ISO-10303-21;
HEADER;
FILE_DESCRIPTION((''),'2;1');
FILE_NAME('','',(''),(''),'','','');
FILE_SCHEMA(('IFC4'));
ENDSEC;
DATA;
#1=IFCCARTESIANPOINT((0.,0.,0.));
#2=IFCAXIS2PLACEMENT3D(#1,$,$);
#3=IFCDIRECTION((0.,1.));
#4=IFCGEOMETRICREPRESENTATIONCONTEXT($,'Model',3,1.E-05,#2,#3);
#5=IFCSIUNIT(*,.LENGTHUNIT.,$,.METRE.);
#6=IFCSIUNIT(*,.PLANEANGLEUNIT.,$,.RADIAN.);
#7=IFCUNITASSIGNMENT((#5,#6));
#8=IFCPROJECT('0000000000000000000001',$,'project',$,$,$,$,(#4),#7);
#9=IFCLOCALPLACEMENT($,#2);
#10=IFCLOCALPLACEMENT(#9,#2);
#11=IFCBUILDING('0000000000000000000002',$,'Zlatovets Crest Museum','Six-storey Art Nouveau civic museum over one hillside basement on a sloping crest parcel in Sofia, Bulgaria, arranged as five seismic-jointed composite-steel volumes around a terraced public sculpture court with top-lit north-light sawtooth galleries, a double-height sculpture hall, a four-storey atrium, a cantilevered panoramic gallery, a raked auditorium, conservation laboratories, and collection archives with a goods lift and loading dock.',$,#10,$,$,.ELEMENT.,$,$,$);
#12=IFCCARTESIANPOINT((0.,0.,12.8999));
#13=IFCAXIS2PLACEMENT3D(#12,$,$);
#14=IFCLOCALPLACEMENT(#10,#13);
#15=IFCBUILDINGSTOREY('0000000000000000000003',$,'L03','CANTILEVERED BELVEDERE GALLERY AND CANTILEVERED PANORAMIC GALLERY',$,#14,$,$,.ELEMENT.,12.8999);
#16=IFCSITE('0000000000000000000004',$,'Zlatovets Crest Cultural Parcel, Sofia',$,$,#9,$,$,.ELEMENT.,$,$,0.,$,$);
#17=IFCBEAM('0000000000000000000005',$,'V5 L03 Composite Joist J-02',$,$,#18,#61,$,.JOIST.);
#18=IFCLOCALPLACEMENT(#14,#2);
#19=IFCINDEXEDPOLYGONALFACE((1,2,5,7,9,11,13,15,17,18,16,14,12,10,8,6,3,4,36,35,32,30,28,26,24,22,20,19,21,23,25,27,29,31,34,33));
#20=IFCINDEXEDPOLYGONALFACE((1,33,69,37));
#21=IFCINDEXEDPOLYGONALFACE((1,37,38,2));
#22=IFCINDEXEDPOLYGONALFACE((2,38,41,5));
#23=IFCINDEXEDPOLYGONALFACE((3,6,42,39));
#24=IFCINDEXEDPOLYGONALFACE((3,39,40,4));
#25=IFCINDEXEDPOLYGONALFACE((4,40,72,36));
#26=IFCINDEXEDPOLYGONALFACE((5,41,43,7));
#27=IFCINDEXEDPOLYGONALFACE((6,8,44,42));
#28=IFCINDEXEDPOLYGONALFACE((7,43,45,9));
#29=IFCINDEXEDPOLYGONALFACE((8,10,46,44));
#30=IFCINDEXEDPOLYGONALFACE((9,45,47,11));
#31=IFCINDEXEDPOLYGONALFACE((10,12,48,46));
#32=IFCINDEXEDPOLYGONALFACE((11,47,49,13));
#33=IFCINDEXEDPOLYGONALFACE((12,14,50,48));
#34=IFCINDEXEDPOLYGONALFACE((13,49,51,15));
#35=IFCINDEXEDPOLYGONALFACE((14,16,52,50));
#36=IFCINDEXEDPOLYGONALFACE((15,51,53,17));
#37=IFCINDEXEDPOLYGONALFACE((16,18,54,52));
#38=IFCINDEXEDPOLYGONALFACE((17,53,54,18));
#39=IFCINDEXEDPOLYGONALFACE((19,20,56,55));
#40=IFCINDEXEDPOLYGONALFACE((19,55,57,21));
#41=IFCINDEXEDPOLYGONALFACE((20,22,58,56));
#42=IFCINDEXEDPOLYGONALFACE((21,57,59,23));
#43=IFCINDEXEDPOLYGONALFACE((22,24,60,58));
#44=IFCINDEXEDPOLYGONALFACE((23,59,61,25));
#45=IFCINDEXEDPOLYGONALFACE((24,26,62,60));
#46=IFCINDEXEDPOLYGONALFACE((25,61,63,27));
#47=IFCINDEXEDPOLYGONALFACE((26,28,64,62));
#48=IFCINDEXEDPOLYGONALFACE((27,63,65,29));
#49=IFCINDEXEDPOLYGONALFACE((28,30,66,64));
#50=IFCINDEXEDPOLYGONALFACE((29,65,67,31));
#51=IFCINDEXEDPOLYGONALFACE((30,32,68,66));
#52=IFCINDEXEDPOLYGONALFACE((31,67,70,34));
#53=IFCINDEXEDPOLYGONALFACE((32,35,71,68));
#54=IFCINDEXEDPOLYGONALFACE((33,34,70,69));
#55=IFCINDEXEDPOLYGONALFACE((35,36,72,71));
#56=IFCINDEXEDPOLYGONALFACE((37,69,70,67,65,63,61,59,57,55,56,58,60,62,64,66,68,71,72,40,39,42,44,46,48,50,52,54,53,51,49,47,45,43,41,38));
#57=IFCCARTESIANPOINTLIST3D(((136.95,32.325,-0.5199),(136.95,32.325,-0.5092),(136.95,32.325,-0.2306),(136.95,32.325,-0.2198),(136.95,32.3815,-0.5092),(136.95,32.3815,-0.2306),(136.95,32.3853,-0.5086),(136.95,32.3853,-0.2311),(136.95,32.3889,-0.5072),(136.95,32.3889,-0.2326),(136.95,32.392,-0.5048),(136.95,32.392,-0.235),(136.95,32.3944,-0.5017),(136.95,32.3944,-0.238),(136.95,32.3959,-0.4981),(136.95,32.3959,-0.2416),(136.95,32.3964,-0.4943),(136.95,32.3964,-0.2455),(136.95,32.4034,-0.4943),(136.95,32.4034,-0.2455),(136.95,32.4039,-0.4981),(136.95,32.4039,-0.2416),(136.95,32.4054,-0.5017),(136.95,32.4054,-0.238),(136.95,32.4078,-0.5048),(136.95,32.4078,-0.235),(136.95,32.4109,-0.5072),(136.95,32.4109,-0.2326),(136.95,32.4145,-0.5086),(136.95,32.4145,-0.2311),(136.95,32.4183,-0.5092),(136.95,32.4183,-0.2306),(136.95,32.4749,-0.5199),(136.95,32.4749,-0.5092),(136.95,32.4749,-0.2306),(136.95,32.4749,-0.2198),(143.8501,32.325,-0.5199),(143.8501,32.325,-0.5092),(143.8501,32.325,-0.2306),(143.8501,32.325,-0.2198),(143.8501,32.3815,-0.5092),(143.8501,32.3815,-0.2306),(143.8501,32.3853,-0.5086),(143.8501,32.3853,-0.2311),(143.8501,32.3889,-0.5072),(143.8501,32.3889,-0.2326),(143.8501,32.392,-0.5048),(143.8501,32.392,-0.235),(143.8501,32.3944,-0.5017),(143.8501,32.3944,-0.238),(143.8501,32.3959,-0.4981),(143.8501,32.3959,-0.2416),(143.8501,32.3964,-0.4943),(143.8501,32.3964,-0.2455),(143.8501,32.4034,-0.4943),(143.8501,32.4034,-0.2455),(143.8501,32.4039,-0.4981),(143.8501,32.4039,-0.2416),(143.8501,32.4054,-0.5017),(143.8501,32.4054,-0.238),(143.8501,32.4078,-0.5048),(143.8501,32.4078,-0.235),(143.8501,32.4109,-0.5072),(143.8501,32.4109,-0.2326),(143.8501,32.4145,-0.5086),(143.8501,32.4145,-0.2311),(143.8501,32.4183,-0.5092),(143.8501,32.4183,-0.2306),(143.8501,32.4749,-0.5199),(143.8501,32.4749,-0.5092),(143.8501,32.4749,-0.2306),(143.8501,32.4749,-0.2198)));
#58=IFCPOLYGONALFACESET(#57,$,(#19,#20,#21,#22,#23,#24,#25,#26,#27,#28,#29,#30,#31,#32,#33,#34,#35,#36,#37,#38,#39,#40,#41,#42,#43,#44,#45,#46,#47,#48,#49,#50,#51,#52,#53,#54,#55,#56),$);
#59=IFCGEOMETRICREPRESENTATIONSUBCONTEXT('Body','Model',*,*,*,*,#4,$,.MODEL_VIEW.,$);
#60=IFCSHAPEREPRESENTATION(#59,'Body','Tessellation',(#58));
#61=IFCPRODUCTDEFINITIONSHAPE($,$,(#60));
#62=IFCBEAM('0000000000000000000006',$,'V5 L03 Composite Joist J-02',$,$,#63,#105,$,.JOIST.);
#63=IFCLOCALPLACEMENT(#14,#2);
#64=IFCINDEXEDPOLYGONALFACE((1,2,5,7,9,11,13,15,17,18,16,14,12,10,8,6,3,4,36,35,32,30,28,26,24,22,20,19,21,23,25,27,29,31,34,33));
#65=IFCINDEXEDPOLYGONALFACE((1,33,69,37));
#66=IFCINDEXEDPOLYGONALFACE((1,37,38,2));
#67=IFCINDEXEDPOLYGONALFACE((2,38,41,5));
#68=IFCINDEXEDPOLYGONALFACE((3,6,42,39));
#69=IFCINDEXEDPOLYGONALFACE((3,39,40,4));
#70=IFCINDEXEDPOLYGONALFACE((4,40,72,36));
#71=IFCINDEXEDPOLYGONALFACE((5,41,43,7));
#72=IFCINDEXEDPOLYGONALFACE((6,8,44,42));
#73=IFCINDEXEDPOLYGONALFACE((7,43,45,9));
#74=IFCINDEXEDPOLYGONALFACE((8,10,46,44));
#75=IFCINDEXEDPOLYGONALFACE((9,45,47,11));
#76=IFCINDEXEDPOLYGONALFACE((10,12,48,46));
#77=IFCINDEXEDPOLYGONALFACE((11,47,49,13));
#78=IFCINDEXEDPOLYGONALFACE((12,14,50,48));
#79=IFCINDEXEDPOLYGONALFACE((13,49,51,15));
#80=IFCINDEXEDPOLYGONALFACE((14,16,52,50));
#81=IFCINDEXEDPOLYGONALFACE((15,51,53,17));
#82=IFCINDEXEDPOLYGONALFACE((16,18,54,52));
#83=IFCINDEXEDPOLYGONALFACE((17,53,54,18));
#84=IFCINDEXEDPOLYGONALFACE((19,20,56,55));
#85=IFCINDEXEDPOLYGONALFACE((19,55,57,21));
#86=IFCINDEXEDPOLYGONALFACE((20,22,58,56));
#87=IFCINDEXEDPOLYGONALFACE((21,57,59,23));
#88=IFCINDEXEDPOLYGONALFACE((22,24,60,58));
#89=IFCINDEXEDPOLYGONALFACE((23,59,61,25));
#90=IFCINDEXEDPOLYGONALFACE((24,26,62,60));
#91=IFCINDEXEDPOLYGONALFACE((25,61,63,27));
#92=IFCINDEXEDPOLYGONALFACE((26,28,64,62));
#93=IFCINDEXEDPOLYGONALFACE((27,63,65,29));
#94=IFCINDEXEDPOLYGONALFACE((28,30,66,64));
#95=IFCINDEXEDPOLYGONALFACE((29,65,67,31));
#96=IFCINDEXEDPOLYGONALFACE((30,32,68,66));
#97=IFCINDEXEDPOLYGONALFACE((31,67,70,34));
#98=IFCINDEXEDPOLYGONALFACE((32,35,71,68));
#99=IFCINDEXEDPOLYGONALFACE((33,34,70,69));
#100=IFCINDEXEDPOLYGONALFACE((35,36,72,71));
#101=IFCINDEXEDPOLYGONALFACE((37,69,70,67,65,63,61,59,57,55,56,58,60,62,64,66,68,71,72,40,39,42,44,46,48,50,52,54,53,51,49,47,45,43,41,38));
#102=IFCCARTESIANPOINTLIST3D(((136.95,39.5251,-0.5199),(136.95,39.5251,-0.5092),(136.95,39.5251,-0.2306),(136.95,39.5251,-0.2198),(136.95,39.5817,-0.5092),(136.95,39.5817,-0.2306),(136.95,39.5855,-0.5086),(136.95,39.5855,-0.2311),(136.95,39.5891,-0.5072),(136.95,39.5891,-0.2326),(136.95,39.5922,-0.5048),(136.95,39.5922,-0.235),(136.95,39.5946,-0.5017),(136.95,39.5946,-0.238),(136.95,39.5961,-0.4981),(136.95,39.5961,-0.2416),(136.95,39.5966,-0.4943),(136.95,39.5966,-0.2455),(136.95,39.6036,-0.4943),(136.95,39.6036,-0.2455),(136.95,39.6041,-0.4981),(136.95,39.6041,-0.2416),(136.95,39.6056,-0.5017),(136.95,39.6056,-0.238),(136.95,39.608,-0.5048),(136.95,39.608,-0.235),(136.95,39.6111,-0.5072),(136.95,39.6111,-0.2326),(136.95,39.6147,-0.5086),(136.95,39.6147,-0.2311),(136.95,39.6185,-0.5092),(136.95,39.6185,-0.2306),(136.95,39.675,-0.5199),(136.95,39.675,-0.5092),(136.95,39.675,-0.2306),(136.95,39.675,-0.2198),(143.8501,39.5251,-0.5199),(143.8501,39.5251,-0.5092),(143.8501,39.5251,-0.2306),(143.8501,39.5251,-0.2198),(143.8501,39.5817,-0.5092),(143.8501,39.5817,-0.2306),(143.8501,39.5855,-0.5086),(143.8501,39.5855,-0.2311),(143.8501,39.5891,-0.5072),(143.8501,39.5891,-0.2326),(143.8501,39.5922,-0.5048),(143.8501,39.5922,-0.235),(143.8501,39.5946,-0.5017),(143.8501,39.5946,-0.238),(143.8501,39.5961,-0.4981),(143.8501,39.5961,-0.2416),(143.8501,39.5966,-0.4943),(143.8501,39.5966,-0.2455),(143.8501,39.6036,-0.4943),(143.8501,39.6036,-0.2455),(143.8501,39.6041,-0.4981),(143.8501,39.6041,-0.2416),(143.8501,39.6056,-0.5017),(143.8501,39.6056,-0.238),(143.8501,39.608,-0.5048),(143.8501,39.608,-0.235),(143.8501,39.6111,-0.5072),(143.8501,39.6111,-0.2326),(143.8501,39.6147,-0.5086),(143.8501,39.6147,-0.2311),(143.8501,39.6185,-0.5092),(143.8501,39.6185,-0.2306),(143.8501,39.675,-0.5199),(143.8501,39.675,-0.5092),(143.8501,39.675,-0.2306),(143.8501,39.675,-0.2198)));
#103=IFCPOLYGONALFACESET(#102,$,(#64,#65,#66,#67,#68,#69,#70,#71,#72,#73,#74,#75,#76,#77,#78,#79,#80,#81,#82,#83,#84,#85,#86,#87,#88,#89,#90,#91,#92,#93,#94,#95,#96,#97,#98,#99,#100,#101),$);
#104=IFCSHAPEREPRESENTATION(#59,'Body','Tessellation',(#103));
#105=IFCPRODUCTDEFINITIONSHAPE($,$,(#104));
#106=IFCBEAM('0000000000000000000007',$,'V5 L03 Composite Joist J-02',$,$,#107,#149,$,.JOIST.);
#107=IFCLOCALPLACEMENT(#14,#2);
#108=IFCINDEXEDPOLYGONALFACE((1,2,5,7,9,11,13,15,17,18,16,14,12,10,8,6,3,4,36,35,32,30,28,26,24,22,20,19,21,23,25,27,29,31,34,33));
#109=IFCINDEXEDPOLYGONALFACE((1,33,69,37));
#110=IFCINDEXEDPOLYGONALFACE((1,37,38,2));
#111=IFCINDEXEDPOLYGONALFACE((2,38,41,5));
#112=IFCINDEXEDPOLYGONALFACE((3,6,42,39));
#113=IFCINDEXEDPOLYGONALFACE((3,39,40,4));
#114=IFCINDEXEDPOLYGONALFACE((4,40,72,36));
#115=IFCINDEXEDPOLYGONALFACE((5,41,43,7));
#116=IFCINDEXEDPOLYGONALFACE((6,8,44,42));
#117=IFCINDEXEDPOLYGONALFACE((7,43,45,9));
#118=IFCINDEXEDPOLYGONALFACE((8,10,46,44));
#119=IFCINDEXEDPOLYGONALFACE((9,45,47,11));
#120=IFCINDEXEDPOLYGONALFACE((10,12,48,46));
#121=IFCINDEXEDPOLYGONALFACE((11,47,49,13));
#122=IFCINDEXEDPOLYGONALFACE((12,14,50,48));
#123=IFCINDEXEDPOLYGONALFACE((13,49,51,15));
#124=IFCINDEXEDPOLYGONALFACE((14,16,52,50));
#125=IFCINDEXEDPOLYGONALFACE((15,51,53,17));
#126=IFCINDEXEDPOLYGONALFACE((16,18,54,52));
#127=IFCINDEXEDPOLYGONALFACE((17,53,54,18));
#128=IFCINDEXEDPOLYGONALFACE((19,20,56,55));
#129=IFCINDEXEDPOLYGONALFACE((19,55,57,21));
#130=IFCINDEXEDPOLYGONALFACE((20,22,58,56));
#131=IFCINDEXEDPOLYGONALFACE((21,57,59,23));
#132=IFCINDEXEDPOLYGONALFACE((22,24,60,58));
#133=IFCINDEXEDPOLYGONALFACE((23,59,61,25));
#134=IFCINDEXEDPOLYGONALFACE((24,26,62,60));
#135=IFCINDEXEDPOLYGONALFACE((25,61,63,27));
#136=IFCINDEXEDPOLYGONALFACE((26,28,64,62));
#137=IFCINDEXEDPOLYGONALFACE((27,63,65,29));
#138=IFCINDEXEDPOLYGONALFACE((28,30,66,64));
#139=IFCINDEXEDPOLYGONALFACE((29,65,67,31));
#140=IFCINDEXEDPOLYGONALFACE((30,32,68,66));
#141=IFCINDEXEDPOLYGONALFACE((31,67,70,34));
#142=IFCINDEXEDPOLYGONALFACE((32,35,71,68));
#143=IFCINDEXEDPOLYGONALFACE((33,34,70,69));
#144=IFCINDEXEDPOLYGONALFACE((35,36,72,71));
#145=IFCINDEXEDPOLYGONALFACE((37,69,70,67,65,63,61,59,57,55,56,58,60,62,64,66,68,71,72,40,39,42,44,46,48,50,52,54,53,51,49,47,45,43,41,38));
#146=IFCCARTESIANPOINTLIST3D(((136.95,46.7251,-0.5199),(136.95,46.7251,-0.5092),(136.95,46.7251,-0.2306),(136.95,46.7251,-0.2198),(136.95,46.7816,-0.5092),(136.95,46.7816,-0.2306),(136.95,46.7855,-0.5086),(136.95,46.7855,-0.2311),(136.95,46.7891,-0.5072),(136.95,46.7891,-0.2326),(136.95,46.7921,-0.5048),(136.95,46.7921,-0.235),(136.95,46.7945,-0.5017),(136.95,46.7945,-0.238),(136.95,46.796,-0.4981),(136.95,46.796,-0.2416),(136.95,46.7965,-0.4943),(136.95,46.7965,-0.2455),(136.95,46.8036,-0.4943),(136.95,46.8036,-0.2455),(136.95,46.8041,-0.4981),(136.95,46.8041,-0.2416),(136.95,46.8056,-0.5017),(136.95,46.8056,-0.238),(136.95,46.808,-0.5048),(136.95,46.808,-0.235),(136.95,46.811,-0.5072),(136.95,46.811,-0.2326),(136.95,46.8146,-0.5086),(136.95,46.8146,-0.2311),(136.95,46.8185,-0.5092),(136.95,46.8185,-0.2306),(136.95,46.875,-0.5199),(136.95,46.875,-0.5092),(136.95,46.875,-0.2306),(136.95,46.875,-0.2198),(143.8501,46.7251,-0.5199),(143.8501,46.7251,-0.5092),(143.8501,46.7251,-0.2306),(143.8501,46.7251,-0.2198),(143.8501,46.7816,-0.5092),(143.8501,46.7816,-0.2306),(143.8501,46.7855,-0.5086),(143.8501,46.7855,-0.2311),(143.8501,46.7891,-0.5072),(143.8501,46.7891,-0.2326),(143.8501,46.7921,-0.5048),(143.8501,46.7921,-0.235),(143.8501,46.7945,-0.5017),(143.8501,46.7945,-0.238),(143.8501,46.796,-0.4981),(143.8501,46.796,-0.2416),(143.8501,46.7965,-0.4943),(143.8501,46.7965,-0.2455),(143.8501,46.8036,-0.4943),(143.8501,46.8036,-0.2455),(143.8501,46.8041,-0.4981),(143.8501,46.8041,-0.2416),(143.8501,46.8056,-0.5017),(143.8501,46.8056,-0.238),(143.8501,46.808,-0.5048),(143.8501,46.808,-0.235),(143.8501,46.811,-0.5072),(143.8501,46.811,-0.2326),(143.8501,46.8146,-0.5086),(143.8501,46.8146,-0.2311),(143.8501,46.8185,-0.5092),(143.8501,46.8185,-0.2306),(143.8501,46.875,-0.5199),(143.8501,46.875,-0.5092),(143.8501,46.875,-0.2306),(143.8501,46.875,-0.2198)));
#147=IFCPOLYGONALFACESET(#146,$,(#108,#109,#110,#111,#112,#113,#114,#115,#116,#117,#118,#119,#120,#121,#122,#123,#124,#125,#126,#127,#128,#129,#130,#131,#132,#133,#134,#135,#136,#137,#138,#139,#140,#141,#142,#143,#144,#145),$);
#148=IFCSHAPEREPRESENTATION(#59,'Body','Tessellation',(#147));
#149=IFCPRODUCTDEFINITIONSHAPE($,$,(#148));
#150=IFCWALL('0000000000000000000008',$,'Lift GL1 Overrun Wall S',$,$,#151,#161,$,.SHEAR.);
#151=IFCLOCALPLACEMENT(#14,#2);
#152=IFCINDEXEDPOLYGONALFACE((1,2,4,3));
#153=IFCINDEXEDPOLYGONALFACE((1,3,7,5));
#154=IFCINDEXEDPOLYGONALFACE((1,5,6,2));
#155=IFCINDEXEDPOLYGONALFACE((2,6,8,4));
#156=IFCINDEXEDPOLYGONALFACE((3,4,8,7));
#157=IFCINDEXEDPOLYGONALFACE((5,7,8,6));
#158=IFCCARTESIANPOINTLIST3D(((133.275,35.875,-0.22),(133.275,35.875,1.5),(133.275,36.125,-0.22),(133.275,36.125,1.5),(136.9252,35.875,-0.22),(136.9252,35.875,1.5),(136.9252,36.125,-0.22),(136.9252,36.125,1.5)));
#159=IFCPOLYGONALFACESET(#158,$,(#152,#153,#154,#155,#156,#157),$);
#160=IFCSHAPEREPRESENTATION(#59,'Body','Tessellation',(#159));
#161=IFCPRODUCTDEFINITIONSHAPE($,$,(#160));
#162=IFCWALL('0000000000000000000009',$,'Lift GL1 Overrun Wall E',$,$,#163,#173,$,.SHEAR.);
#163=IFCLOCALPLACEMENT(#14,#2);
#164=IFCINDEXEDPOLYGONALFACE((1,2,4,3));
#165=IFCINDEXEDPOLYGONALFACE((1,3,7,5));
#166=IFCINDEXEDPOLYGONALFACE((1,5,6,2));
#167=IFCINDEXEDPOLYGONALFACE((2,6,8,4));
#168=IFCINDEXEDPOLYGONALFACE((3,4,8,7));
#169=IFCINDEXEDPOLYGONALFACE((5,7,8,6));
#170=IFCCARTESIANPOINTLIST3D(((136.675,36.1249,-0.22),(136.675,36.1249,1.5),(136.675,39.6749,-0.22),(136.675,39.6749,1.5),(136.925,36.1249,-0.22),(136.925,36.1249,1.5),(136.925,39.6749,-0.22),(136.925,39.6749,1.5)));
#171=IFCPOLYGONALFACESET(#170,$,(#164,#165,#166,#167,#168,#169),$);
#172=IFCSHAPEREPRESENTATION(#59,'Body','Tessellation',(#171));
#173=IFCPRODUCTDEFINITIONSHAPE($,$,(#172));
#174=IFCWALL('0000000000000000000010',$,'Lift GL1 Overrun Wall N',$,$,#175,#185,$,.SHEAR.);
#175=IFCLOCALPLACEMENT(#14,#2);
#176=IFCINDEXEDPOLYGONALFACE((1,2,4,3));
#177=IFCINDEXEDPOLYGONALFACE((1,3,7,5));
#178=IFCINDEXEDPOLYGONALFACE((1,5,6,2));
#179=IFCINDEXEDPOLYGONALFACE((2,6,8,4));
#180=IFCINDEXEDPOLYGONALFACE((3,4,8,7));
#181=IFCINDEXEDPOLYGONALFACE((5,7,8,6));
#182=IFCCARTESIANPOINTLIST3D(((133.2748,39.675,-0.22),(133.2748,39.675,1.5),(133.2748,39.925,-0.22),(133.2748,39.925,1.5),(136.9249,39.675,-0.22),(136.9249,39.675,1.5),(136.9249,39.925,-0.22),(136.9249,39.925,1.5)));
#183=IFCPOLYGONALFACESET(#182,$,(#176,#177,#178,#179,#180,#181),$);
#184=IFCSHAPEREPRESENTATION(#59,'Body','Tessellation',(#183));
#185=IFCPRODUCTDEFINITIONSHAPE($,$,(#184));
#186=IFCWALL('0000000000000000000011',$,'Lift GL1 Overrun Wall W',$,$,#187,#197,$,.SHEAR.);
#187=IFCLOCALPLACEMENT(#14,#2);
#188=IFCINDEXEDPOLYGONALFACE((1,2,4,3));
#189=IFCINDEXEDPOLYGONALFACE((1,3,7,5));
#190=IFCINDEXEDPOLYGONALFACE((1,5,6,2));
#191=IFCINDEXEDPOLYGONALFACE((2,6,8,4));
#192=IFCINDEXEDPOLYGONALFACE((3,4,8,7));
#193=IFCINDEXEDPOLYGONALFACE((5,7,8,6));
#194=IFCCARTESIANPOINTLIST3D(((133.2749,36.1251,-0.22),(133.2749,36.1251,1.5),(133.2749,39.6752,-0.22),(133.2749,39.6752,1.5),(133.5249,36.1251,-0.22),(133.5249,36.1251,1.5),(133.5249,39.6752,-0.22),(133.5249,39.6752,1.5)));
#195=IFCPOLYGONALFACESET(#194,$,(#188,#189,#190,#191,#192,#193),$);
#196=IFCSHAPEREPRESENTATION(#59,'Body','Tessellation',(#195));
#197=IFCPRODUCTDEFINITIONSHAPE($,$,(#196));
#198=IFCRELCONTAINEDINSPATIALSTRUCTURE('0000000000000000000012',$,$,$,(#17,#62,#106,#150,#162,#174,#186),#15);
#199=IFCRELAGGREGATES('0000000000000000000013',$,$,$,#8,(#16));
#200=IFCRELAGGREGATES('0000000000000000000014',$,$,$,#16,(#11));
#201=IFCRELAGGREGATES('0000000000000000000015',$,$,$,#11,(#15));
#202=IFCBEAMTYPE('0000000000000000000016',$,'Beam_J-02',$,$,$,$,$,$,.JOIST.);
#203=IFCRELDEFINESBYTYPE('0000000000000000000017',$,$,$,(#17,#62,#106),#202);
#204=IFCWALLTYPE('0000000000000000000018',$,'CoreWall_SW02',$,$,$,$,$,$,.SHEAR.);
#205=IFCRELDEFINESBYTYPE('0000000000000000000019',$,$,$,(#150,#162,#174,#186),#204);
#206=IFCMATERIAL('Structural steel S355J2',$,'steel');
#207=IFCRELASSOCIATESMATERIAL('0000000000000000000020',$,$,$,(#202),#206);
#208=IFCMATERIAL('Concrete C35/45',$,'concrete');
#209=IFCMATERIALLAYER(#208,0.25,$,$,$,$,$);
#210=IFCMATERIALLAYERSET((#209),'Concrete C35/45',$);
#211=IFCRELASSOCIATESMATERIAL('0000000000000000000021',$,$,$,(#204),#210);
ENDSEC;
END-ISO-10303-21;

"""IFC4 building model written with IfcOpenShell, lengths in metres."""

from ifc_helpers import new_model, si_unit, direction, frame, frame_2d, origin, origin_2d, place, context, subcontext, project, spatial, rectangle, i_section, extrude, material, layer, layer_set, material_profile, profile_set, type_object, element, save


model = new_model("IFC4")

# Units and contexts
model_context = context("Model", 3, precision=1e-05, world=origin(), true_north=direction((0.0, 1.0)))
body_context = subcontext(model_context, "Body", "Model", "MODEL_VIEW")
ifc_project = project(units=[si_unit("LENGTHUNIT", "METRE"), si_unit("PLANEANGLEUNIT", "RADIAN")], contexts=[model_context])

# Site, building, storey
site_placement = place(None, origin())
site = spatial("IfcSite", under=ifc_project, at=site_placement, Name="Zlatovets Crest Cultural Parcel, Sofia", CompositionType="ELEMENT", RefElevation=0.0)
building_placement = place(site_placement, origin())
building = spatial("IfcBuilding", under=site, at=building_placement, Name="Zlatovets Crest Museum", Description="Six-storey Art Nouveau civic museum over one hillside basement on a sloping crest parcel in Sofia, Bulgaria, arranged as five seismic-jointed composite-steel volumes around a terraced public sculpture court with top-lit north-light sawtooth galleries, a double-height sculpture hall, a four-storey atrium, a cantilevered panoramic gallery, a raked auditorium, conservation laboratories, and collection archives with a goods lift and loading dock.", CompositionType="ELEMENT")
storey_placement = place(building_placement, frame((0.0, 0.0, 12.8999)))
storey = spatial("IfcBuildingStorey", under=building, at=storey_placement, Name="L03", Description="CANTILEVERED BELVEDERE GALLERY AND CANTILEVERED PANORAMIC GALLERY", CompositionType="ELEMENT", Elevation=12.8999)

# Beams
ifc_material_1 = material(Name="Structural steel S355J2", Category="steel")
ifc_material_profile_1 = material_profile(ifc_material_1, i_section(OverallWidth=0.1499, OverallDepth=0.3, WebThickness=0.0071, FlangeThickness=0.0107, FilletRadius=0.0149, at=origin_2d()), Name="IPE 300")
ifc_profile_set_1 = profile_set([ifc_material_profile_1], Name="Structural steel S355J2")
beam_type_1 = type_object("IfcBeamType", Name="Beam_J-02", PredefinedType="JOIST", material=ifc_profile_set_1)
for number, where, z_axis, x_axis, name in (
    (1, (136.95, 32.3999, -0.3699), (1.0, 0.0, 0.0), (0.0, 1.0, 0.0), "V5 L03 Composite Joist J-02"),
    (2, (136.95, 39.6001, -0.3699), (1.0, 0.0, 0.0), (0.0, 1.0, 0.0), "V5 L03 Composite Joist J-02"),
    (3, (136.95, 46.8, -0.3699), (1.0, 0.0, 0.0), (0.0, 1.0, 0.0), "V5 L03 Composite Joist J-02"),
):
    element("IfcBeam", number, at=place(storey_placement, frame(where, z_axis=z_axis, x_axis=x_axis)), inside=storey, type_object=beam_type_1, Name=name, PredefinedType="JOIST", context=body_context, shape_type="SweptSolid", body=[
        extrude(i_section(OverallWidth=0.1499, OverallDepth=0.3, WebThickness=0.0071, FlangeThickness=0.0107, FilletRadius=0.0149, at=origin_2d()), origin(), (0.0, 0.0, 1.0), 6.9001),
    ])

# Walls
ifc_material_2 = material(Name="Concrete C35/45", Category="concrete")
ifc_layer = layer(ifc_material_2, 0.25)
ifc_layer_set = layer_set([ifc_layer], Name="Concrete C35/45")
wall_type = type_object("IfcWallType", Name="CoreWall_SW02", PredefinedType="SHEAR", material=ifc_layer_set)
wall_1_placement = place(storey_placement, frame((133.2749, 36.0, -0.22), z_axis=(0.0, 0.0, 1.0), x_axis=(1.0, 0.0, 0.0)))
element("IfcWall", 4, at=wall_1_placement, inside=storey, type_object=wall_type, Name="Lift GL1 Overrun Wall S", PredefinedType="SHEAR", context=body_context, shape_type="SweptSolid", body=[
    extrude(rectangle(XDim=3.6501, YDim=0.25, at=frame_2d((1.8252, 0.0))), origin(), (0.0, 0.0, 1.0), 1.72),
])
wall_2_placement = place(storey_placement, frame((136.8, 36.125, -0.22), z_axis=(0.0, 0.0, 1.0), x_axis=(0.0, 1.0, 0.0)))
element("IfcWall", 5, at=wall_2_placement, inside=storey, type_object=wall_type, Name="Lift GL1 Overrun Wall E", PredefinedType="SHEAR", context=body_context, shape_type="SweptSolid", body=[
    extrude(rectangle(XDim=3.55, YDim=0.25, at=frame_2d((1.7749, 0.0))), origin(), (0.0, 0.0, 1.0), 1.72),
])
wall_3_placement = place(storey_placement, frame((136.925, 39.8, -0.22), z_axis=(0.0, 0.0, 1.0), x_axis=(-1.0, 0.0, 0.0)))
element("IfcWall", 6, at=wall_3_placement, inside=storey, type_object=wall_type, Name="Lift GL1 Overrun Wall N", PredefinedType="SHEAR", context=body_context, shape_type="SweptSolid", body=[
    extrude(rectangle(XDim=3.6501, YDim=0.25, at=frame_2d((1.8252, 0.0))), origin(), (0.0, 0.0, 1.0), 1.72),
])
wall_4_placement = place(storey_placement, frame((133.3999, 39.675, -0.22), z_axis=(0.0, 0.0, 1.0), x_axis=(0.0, -1.0, 0.0)))
element("IfcWall", 7, at=wall_4_placement, inside=storey, type_object=wall_type, Name="Lift GL1 Overrun Wall W", PredefinedType="SHEAR", context=body_context, shape_type="SweptSolid", body=[
    extrude(rectangle(XDim=3.55, YDim=0.25, at=frame_2d((1.7749, 0.0))), origin(), (0.0, 0.0, 1.0), 1.72),
])

save(model, "model.ifc")
